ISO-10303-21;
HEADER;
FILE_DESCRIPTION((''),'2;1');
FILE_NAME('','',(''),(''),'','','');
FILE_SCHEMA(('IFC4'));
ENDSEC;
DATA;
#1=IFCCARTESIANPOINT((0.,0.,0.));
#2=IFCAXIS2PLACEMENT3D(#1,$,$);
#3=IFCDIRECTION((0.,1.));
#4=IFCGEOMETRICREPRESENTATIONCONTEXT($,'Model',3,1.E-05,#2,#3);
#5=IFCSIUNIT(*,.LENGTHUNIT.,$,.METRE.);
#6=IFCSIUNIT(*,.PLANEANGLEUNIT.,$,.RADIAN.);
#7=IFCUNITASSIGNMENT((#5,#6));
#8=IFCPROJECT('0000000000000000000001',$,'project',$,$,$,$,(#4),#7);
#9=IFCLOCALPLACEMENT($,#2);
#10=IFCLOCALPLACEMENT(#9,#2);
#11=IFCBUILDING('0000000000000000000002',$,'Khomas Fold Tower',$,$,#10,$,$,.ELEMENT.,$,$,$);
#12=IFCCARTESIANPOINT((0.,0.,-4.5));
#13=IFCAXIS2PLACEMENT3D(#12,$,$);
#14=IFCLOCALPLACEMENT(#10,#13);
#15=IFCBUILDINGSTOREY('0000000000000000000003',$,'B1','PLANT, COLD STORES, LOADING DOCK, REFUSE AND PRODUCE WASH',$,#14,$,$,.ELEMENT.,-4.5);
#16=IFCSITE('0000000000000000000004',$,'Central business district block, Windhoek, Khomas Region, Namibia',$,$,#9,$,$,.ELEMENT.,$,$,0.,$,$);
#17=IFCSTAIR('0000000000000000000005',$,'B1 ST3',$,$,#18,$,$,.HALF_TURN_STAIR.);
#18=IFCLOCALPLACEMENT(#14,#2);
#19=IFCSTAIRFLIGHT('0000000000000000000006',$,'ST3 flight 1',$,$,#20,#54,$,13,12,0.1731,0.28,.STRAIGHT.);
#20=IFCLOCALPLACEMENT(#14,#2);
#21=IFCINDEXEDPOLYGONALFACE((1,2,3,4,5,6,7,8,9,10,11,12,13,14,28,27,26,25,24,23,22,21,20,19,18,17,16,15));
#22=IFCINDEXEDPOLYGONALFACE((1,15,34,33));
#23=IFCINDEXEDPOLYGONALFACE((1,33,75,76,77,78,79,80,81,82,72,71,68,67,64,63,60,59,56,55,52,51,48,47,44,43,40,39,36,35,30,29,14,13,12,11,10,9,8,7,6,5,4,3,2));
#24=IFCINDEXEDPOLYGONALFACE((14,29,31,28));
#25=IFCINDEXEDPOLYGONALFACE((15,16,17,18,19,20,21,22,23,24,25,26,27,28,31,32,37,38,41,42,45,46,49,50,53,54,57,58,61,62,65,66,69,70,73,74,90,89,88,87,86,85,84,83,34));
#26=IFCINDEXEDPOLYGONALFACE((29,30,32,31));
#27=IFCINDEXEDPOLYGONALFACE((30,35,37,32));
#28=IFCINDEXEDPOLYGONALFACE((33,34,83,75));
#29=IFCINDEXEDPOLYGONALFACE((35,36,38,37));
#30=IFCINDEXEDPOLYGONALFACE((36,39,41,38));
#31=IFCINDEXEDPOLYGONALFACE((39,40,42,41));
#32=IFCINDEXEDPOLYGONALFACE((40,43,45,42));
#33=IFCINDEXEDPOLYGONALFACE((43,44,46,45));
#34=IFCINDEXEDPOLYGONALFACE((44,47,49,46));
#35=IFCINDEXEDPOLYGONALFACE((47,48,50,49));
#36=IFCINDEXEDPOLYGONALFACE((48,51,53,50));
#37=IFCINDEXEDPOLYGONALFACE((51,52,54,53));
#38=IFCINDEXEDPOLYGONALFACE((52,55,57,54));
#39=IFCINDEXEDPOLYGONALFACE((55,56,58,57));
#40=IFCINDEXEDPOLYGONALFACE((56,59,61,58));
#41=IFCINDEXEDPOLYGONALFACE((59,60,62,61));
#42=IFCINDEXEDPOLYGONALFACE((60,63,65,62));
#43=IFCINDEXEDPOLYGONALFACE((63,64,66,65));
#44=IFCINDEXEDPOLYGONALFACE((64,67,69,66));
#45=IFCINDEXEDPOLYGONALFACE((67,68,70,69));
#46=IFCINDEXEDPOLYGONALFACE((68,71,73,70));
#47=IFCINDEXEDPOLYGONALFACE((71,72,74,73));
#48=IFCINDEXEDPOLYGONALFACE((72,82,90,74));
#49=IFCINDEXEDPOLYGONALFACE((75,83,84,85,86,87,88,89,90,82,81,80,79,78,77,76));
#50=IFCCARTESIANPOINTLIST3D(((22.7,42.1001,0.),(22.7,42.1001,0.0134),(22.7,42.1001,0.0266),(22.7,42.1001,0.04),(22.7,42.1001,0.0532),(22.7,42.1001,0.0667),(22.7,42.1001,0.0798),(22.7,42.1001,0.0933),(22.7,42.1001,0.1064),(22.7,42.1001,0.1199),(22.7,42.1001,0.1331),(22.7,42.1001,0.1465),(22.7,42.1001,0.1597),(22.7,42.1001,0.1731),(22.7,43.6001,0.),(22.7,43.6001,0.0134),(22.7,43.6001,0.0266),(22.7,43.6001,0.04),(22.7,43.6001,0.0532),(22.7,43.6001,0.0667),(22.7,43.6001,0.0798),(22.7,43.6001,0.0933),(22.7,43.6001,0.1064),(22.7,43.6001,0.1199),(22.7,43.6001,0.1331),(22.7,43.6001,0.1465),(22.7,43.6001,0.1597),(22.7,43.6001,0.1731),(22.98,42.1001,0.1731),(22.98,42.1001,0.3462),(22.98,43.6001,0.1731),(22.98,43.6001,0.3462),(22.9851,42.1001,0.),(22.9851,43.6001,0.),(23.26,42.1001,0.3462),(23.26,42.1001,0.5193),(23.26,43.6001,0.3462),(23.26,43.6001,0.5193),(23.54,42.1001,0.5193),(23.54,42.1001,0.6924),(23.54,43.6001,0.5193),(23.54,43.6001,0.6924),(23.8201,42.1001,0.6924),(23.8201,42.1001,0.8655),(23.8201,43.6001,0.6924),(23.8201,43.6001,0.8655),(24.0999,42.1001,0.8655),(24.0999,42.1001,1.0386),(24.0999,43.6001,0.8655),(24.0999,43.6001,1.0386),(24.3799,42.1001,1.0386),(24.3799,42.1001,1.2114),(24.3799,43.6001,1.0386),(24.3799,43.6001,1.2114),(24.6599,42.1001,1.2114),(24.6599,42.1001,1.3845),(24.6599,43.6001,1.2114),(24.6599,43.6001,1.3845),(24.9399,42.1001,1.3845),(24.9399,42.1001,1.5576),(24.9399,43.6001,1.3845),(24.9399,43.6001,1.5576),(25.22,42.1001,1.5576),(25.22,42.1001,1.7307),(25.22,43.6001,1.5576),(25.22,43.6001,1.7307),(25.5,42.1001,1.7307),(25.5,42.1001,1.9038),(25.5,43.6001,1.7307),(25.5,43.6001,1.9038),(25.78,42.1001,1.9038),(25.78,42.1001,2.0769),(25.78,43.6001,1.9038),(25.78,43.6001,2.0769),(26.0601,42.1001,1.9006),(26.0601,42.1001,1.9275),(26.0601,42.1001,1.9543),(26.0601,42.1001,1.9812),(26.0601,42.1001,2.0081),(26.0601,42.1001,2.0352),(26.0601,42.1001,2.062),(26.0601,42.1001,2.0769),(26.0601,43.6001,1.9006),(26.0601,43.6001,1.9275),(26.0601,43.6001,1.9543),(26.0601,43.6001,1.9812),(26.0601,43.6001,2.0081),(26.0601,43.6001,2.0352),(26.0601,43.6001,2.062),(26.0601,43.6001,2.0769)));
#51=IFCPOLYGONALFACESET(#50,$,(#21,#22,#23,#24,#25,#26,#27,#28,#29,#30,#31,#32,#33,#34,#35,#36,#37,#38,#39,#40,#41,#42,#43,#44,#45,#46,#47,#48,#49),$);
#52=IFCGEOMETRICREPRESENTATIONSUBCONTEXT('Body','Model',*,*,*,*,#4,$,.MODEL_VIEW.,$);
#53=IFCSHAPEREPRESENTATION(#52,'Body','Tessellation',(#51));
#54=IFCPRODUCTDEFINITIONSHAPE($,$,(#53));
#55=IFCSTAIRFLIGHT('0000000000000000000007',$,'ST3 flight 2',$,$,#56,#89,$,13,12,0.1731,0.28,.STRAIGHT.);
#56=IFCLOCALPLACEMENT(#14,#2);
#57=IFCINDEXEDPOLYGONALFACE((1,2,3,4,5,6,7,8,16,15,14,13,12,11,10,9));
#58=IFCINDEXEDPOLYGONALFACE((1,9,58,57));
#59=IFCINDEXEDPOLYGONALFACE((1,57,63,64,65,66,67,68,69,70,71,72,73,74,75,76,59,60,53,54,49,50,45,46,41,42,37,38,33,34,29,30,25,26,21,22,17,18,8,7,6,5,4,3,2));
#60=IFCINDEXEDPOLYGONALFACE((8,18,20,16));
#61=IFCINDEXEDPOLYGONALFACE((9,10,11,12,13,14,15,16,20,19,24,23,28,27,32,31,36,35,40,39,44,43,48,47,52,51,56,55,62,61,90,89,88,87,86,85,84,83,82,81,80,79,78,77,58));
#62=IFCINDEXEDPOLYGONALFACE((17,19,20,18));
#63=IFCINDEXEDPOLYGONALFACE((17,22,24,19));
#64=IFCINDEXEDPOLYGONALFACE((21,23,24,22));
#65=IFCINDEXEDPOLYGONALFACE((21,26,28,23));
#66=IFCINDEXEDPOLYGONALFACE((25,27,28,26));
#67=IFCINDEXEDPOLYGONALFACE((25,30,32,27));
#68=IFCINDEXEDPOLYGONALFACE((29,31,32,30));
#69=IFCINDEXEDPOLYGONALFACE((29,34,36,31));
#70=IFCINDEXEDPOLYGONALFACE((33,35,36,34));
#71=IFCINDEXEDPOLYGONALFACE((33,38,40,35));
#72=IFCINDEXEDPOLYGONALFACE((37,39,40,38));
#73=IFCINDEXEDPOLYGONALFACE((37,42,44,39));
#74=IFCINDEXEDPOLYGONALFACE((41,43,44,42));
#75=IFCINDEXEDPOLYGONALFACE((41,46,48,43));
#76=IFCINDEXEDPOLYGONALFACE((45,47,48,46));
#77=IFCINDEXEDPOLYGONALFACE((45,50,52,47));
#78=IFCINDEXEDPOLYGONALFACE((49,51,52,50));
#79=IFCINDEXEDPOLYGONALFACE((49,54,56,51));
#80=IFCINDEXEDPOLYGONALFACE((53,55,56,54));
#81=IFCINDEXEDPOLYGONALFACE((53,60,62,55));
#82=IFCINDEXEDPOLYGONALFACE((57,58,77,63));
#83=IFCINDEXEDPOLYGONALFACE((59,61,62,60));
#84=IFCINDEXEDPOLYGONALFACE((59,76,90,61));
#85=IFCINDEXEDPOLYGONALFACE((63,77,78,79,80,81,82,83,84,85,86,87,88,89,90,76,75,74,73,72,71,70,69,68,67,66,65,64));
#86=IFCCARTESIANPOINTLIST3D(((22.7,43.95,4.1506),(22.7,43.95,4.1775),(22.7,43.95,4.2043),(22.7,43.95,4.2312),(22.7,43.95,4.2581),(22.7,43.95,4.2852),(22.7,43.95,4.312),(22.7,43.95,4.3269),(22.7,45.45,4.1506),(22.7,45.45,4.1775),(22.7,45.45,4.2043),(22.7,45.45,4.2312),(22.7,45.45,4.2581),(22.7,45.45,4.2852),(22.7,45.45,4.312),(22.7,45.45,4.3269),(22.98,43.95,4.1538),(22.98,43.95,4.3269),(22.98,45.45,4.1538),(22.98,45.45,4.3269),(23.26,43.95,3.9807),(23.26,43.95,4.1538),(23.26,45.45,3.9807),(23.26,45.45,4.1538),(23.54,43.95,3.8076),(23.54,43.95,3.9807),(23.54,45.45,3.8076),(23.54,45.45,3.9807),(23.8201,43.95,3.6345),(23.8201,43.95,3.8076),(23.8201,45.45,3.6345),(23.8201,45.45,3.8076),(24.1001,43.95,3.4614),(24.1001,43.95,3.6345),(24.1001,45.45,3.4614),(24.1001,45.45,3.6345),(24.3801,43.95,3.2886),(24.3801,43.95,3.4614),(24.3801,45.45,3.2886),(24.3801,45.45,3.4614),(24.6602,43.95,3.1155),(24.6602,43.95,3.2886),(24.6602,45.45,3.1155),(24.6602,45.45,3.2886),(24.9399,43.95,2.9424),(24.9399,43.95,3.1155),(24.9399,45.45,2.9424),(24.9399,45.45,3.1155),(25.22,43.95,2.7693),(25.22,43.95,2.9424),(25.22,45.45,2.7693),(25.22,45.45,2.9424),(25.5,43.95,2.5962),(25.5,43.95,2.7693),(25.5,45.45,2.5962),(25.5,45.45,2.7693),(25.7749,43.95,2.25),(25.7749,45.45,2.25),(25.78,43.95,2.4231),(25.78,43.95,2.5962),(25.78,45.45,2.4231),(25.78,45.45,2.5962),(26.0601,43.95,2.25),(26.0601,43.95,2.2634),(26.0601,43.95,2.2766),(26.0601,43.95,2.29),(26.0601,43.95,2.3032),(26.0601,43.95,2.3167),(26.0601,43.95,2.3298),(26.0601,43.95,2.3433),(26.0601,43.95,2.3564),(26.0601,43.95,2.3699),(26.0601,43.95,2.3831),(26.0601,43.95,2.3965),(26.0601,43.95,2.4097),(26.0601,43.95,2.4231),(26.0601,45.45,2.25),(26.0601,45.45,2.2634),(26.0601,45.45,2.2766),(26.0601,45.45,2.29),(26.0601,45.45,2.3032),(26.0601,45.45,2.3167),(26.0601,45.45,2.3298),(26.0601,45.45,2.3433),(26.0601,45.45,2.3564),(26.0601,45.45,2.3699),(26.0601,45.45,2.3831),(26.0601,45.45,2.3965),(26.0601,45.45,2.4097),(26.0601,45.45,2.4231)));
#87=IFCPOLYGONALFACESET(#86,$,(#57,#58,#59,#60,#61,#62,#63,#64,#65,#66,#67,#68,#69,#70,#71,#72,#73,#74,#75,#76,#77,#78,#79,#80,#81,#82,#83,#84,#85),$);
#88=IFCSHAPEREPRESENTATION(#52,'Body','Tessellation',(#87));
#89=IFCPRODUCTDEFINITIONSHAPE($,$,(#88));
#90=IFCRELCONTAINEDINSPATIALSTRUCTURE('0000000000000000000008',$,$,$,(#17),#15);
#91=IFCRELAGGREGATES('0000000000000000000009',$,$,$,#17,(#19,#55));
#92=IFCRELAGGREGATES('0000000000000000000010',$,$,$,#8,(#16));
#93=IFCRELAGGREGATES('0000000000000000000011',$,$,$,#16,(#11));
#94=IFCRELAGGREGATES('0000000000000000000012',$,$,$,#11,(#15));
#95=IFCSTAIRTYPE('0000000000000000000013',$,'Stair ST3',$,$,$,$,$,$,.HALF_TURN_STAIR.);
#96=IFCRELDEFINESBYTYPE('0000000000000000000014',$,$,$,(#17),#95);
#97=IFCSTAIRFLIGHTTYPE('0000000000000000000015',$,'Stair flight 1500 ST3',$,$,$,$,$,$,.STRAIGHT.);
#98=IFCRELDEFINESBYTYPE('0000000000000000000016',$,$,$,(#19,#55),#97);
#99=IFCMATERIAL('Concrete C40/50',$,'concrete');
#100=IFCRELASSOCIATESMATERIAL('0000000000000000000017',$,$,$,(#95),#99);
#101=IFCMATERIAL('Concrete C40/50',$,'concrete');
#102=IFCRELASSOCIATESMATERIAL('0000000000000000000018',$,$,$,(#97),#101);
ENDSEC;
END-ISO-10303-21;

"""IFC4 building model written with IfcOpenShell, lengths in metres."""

from ifc_helpers import new_model, si_unit, direction, frame, origin, place, context, subcontext, project, spatial, polyline, outline, extrude, source, transform, mapped, material, type_object, element, aggregate, save


model = new_model("IFC4")

# Units and contexts
model_context = context("Model", 3, precision=1e-05, world=origin(), true_north=direction((0.0, 1.0)))
body_context = subcontext(model_context, "Body", "Model", "MODEL_VIEW")
ifc_project = project(units=[si_unit("LENGTHUNIT", "METRE"), si_unit("PLANEANGLEUNIT", "RADIAN")], contexts=[model_context])

# Site, building, storey
site_placement = place(None, origin())
site = spatial("IfcSite", under=ifc_project, at=site_placement, Name="Central business district block, Windhoek, Khomas Region, Namibia", CompositionType="ELEMENT", RefElevation=0.0)
building_placement = place(site_placement, origin())
building = spatial("IfcBuilding", under=site, at=building_placement, Name="Khomas Fold Tower", CompositionType="ELEMENT")
storey_placement = place(building_placement, frame((0.0, 0.0, -4.5)))
storey = spatial("IfcBuildingStorey", under=building, at=storey_placement, Name="B1", Description="PLANT, COLD STORES, LOADING DOCK, REFUSE AND PRODUCE WASH", CompositionType="ELEMENT", Elevation=-4.5)

# Stair, stair flights
shared_shape_1 = source(origin(), body_context, "Body", "SweptSolid", [
    extrude(outline(polyline([(0.0, 0.0), (0.0, 0.0134), (0.0, 0.0266), (0.0, 0.04), (0.0, 0.0532), (0.0, 0.0667), (0.0, 0.0798), (0.0, 0.0933), (0.0, 0.1064), (0.0, 0.1199), (0.0, 0.1331), (0.0, 0.1465), (0.0, 0.1597), (0.0, 0.1731), (0.28, 0.1731), (0.28, 0.3462), (0.5601, 0.3462), (0.5601, 0.5193), (0.8401, 0.5193), (0.8401, 0.6924), (1.1201, 0.6924), (1.1201, 0.8655), (1.3999, 0.8655), (1.3999, 1.0386), (1.6799, 1.0386), (1.6799, 1.2114), (1.96, 1.2114), (1.96, 1.3845), (2.24, 1.3845), (2.24, 1.5576), (2.52, 1.5576), (2.52, 1.7307), (2.8, 1.7307), (2.8, 1.9038), (3.0801, 1.9038), (3.0801, 2.0769), (3.3601, 2.0769), (3.3601, 2.25), (3.3601, 2.2231), (3.3601, 2.1963), (3.3601, 2.1694), (3.3601, 2.1426), (3.3601, 2.1157), (3.3601, 2.0889), (3.3601, 2.062), (3.3601, 2.0352), (3.3601, 2.0081), (3.3601, 1.9812), (3.3601, 1.9543), (3.3601, 1.9275), (3.3601, 1.9006), (0.2852, 0.0), (0.0, 0.0)])), frame((0.0, 0.75, 0.0), z_axis=(0.0, -1.0, 0.0), x_axis=(1.0, 0.0, 0.0)), (0.0, 0.0, 1.0), 1.5),
])
ifc_material_1 = material(Name="Concrete C40/50", Category="concrete")
stair_type_1 = type_object("IfcStairType", Name="Stair ST3", PredefinedType="HALF_TURN_STAIR", material=ifc_material_1)
stair_1_placement = place(storey_placement, origin())
stair_1 = element("IfcStair", 1, at=stair_1_placement, inside=storey, type_object=stair_type_1, Name="B1 ST3", PredefinedType="HALF_TURN_STAIR")
ifc_material_2 = material(Name="Concrete C40/50", Category="concrete")
stair_flight_type_1 = type_object("IfcStairFlightType", Name="Stair flight 1500 ST3", PredefinedType="STRAIGHT", material=ifc_material_2)
stair_flight_1_placement = place(storey_placement, frame((22.7, 42.8501, 0.0), z_axis=(0.0, 0.0, 1.0), x_axis=(1.0, 0.0, 0.0)))
stair_flight_1 = element("IfcStairFlight", 2, at=stair_flight_1_placement, type_object=stair_flight_type_1, Name="ST3 flight 1", NumberOfRisers=13, NumberOfTreads=12, PredefinedType="STRAIGHT", RiserHeight=0.1731, TreadLength=0.28, context=body_context, shape_type="MappedRepresentation", body=[
    mapped(shared_shape_1, transform((0.0, 0.0, 0.0))),
])
stair_flight_2_placement = place(storey_placement, frame((26.0601, 44.7, 2.25), z_axis=(0.0, 0.0, 1.0), x_axis=(-1.0, 0.0, 0.0)))
stair_flight_2 = element("IfcStairFlight", 3, at=stair_flight_2_placement, type_object=stair_flight_type_1, Name="ST3 flight 2", NumberOfRisers=13, NumberOfTreads=12, PredefinedType="STRAIGHT", RiserHeight=0.1731, TreadLength=0.28, context=body_context, shape_type="MappedRepresentation", body=[
    mapped(shared_shape_1, transform((0.0, 0.0, 0.0))),
])
aggregate(stair_1, [stair_flight_1, stair_flight_2])

save(model, "model.ifc")
